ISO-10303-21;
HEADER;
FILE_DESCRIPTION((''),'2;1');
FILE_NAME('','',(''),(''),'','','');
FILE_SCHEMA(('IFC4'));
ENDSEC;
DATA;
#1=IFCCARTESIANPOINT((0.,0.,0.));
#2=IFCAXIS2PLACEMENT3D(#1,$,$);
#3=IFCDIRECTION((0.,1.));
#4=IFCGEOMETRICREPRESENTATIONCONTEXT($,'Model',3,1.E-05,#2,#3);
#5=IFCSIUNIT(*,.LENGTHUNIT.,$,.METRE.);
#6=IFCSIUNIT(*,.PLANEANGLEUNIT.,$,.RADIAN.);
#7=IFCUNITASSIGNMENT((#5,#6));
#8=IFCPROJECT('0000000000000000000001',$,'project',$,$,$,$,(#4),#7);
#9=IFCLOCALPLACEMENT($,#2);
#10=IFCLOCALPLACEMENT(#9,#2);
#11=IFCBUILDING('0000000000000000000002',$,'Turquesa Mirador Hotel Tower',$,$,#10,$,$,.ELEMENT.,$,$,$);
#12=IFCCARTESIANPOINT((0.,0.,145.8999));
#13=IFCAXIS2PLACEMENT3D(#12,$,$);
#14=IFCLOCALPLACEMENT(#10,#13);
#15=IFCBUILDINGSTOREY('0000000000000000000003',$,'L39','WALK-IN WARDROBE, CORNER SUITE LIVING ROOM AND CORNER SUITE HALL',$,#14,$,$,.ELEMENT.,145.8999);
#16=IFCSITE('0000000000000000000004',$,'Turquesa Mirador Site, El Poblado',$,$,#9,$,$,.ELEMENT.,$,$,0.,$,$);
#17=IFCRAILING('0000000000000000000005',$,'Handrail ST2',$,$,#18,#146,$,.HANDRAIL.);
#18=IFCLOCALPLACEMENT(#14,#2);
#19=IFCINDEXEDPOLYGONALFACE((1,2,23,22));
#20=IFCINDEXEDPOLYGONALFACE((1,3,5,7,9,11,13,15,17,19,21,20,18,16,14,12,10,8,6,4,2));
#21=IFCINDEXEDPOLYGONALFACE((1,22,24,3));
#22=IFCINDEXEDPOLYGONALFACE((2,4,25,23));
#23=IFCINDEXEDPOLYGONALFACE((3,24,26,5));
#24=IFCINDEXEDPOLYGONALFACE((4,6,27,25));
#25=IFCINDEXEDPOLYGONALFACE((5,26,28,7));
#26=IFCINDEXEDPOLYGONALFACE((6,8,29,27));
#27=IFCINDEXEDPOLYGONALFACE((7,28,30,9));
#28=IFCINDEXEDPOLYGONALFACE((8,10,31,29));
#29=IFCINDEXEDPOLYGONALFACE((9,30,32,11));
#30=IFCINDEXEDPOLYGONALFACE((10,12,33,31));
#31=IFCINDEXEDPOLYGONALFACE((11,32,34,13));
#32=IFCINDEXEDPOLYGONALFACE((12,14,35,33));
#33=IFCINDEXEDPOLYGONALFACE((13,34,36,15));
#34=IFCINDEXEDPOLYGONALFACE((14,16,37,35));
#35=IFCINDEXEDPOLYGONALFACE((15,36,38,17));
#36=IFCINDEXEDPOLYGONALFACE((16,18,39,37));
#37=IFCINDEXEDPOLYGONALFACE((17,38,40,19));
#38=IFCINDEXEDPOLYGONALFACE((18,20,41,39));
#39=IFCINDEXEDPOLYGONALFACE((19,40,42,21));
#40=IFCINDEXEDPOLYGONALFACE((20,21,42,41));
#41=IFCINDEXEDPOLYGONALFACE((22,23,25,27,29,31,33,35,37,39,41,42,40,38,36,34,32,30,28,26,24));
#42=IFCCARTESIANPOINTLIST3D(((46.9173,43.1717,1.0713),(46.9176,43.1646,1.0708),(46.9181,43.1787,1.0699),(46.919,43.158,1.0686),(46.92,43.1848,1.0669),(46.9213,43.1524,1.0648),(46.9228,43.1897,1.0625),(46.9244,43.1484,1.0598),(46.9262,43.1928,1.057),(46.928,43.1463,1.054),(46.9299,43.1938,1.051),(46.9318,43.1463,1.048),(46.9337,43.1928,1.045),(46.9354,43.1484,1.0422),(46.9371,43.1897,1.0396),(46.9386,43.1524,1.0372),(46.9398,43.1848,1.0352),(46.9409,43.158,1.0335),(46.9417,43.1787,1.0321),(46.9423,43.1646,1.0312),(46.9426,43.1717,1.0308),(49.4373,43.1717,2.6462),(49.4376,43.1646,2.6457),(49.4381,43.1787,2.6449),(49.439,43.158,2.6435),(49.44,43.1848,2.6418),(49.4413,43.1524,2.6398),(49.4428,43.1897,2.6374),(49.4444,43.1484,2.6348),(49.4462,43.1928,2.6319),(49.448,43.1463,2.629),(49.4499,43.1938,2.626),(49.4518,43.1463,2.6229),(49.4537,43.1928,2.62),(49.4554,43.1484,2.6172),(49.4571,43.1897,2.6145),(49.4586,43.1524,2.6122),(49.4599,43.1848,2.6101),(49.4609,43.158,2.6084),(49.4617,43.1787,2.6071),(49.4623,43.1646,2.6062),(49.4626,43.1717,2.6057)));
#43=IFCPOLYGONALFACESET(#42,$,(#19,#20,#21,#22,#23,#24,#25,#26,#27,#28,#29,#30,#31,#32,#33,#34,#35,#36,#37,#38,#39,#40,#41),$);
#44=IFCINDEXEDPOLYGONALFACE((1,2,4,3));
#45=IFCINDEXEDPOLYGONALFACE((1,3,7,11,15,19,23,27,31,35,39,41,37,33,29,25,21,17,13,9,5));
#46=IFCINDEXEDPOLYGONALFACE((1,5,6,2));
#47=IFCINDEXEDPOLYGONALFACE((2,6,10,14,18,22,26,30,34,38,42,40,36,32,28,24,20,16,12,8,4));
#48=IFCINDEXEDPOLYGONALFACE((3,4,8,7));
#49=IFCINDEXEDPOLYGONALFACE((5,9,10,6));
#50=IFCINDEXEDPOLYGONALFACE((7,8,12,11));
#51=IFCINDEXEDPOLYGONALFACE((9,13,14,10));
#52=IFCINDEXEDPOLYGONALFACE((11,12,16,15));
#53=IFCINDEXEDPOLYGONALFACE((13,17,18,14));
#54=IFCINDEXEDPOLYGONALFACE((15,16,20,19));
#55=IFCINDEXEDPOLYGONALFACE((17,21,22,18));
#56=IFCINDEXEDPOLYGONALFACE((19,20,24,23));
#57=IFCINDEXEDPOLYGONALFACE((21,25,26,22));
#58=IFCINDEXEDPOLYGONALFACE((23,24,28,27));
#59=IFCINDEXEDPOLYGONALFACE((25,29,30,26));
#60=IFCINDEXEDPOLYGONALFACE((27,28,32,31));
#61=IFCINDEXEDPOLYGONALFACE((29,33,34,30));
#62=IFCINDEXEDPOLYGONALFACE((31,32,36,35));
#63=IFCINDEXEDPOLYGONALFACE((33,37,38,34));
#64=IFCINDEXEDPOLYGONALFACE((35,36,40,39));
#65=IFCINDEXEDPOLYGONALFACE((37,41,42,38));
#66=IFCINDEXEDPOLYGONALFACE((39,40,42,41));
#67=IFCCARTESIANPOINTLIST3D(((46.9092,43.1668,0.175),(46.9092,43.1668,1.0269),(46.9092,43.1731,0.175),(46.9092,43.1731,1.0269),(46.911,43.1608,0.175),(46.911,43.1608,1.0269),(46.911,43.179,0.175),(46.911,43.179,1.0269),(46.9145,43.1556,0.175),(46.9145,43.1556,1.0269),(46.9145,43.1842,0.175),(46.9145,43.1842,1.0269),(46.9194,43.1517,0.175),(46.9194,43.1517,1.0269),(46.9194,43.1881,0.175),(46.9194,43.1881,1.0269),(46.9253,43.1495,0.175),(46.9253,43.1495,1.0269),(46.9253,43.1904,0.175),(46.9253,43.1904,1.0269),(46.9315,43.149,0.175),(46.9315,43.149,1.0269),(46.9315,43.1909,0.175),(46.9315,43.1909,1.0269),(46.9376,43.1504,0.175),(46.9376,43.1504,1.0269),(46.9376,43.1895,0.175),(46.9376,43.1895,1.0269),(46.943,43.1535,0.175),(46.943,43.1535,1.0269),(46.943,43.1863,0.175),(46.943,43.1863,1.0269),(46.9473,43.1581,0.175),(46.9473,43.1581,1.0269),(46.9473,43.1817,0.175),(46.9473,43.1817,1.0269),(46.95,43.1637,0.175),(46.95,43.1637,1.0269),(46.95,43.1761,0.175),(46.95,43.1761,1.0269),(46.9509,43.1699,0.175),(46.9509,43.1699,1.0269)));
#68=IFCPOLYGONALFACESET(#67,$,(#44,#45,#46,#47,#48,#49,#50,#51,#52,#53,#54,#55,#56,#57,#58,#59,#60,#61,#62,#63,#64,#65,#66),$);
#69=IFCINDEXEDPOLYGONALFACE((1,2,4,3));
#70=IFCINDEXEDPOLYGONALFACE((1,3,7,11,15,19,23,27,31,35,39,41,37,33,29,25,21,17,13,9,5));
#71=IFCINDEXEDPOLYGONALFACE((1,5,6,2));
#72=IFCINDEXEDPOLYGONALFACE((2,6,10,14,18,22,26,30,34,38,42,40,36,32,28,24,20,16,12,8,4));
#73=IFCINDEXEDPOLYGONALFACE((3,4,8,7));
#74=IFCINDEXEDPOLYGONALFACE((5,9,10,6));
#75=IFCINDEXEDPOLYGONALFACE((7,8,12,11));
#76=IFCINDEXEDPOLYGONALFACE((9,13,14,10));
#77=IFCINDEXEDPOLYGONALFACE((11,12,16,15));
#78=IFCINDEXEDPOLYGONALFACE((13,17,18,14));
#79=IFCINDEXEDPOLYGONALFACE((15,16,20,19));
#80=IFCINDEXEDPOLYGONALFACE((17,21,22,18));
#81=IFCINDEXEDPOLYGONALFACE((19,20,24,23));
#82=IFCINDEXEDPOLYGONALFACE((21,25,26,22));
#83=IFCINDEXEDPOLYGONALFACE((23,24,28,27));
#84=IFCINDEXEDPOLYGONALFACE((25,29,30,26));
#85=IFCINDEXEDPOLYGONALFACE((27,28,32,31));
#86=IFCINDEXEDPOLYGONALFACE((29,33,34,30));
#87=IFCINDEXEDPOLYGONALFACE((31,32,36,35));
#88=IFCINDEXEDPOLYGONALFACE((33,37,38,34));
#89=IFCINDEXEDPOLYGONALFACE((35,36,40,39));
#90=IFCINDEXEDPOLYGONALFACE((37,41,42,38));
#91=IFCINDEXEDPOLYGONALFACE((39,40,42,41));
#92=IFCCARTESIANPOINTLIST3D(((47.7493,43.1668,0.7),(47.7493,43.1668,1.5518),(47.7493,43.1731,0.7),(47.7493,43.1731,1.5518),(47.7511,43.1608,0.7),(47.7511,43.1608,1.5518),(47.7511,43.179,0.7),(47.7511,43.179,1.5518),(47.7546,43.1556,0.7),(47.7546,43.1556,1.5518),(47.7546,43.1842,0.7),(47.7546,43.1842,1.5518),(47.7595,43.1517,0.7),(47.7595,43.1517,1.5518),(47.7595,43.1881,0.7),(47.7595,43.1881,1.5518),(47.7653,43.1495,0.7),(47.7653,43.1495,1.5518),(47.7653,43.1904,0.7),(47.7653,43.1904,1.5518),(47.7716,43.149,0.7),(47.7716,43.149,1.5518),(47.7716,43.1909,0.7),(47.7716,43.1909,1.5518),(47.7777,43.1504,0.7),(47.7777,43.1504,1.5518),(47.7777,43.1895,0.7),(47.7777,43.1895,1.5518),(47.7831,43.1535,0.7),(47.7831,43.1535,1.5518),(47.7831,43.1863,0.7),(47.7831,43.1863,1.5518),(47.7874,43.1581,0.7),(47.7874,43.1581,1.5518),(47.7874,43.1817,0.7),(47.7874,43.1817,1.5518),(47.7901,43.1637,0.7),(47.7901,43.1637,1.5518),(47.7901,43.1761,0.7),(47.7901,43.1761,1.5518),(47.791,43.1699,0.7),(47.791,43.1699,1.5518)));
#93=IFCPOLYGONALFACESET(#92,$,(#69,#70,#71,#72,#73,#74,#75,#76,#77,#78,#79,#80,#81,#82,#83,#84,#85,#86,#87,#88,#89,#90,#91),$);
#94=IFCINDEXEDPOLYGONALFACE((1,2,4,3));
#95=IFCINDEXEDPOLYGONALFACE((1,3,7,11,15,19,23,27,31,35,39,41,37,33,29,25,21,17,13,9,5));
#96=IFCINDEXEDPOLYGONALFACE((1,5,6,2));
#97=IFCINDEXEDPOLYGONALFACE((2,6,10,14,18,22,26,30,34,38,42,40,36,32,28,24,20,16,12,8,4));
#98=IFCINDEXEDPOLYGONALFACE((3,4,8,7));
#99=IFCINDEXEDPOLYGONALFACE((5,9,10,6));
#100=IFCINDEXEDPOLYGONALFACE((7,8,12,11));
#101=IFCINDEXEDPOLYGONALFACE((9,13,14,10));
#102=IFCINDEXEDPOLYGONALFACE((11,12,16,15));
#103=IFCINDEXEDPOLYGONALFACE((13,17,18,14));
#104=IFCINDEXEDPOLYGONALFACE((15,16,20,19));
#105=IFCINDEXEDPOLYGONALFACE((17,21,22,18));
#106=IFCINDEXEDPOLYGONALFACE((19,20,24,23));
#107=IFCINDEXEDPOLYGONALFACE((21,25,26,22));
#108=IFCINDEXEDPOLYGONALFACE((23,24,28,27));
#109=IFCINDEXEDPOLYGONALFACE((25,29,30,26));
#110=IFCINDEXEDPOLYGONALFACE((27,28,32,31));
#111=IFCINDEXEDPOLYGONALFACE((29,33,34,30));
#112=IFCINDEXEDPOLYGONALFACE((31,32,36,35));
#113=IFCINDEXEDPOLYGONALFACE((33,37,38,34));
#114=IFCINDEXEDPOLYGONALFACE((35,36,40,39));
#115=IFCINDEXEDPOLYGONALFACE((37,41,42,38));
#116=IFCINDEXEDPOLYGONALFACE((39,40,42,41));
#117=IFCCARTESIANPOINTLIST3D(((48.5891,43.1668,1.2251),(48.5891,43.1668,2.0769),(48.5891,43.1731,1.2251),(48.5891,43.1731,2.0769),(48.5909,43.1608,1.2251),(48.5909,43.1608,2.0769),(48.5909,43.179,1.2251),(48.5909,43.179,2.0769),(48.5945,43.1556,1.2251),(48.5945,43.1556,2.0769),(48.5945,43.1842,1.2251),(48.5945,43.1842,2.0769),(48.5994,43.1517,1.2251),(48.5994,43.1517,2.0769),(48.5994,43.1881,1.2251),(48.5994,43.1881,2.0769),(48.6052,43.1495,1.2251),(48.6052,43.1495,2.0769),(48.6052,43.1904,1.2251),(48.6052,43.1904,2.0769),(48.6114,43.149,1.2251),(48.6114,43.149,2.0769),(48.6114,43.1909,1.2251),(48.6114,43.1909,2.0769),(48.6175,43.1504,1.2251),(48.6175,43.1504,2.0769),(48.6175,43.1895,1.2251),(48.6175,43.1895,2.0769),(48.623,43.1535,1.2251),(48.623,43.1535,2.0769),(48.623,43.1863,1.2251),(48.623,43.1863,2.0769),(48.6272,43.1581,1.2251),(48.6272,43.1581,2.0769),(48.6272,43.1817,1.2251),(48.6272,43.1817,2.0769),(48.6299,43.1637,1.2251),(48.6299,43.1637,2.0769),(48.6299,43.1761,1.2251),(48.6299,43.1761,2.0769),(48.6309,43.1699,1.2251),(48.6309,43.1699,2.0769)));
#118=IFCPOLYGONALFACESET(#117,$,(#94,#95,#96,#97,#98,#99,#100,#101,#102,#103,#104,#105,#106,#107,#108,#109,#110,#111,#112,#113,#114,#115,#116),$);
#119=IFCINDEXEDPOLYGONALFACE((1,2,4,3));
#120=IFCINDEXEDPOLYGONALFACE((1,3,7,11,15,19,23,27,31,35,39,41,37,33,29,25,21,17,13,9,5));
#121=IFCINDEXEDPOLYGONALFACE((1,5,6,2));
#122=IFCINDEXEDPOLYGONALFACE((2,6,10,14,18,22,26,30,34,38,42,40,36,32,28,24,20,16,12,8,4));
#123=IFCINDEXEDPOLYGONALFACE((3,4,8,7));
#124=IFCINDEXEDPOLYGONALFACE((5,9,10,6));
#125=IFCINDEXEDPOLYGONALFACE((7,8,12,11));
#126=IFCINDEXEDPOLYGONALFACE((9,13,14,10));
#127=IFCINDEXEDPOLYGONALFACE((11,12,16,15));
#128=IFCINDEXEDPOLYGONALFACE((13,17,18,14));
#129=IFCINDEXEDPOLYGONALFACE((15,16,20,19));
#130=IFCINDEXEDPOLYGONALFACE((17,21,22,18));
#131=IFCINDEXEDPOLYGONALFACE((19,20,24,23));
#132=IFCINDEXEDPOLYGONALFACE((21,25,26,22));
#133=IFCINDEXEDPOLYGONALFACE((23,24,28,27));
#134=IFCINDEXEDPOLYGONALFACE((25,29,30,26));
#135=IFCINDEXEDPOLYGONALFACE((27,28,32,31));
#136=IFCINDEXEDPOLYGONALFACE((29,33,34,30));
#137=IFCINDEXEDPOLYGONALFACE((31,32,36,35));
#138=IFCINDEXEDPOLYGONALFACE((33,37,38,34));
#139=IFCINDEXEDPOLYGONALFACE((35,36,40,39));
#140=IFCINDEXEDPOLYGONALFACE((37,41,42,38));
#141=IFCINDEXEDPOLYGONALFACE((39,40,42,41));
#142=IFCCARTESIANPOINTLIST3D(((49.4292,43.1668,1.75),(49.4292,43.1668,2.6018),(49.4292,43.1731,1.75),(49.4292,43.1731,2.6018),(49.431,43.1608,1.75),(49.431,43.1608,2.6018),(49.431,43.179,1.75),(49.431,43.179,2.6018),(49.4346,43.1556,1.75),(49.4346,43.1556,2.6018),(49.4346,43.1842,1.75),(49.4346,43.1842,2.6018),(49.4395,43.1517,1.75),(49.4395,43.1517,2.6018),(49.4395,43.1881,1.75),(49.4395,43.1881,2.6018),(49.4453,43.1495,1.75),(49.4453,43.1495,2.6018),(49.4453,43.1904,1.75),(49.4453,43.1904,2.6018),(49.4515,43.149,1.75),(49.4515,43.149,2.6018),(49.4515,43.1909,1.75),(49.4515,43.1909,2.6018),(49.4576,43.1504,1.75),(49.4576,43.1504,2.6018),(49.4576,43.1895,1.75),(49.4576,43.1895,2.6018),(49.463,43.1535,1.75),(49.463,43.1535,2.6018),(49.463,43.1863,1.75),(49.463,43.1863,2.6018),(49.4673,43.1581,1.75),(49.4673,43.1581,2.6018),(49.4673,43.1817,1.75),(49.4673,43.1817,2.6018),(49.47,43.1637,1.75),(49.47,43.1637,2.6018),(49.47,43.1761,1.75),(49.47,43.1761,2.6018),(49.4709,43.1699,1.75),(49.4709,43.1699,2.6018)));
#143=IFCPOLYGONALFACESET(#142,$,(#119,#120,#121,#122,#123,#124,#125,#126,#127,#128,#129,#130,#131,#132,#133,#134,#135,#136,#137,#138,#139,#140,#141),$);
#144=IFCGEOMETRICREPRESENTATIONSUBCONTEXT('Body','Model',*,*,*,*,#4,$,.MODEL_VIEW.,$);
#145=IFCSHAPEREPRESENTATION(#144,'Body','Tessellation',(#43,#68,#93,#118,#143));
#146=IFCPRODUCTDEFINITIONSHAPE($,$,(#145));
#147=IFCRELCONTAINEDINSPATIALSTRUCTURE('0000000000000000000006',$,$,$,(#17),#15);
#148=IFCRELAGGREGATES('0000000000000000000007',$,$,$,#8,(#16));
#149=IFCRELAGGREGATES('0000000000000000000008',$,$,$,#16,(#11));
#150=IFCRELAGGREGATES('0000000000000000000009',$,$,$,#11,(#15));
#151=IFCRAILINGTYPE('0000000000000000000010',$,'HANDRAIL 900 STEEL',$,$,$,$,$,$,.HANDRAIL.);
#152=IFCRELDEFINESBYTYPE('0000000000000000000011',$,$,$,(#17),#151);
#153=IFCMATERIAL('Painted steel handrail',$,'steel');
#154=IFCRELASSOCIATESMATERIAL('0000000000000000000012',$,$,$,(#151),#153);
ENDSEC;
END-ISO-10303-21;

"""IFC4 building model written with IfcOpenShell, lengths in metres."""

from ifc_helpers import new_model, si_unit, direction, frame, origin, origin_2d, place, context, subcontext, project, spatial, circle, extrude, material, type_object, element, save


model = new_model("IFC4")

# Units and contexts
model_context = context("Model", 3, precision=1e-05, world=origin(), true_north=direction((0.0, 1.0)))
body_context = subcontext(model_context, "Body", "Model", "MODEL_VIEW")
ifc_project = project(units=[si_unit("LENGTHUNIT", "METRE"), si_unit("PLANEANGLEUNIT", "RADIAN")], contexts=[model_context])

# Site, building, storey
site_placement = place(None, origin())
site = spatial("IfcSite", under=ifc_project, at=site_placement, Name="Turquesa Mirador Site, El Poblado", CompositionType="ELEMENT", RefElevation=0.0)
building_placement = place(site_placement, origin())
building = spatial("IfcBuilding", under=site, at=building_placement, Name="Turquesa Mirador Hotel Tower", CompositionType="ELEMENT")
storey_placement = place(building_placement, frame((0.0, 0.0, 145.8999)))
storey = spatial("IfcBuildingStorey", under=building, at=storey_placement, Name="L39", Description="WALK-IN WARDROBE, CORNER SUITE LIVING ROOM AND CORNER SUITE HALL", CompositionType="ELEMENT", Elevation=145.8999)

# Railing
ifc_material_1 = material(Name="Painted steel handrail", Category="steel")
railing_type = type_object("IfcRailingType", Name="HANDRAIL 900 STEEL", PredefinedType="HANDRAIL", material=ifc_material_1)
for number, where, name in (
    (1, (46.9299, 43.1699, 0.175), "Handrail ST2"),
):
    element("IfcRailing", number, at=place(storey_placement, frame(where)), inside=storey, type_object=railing_type, Name=name, PredefinedType="HANDRAIL", context=body_context, shape_type="SweptSolid", body=[
        extrude(circle(Radius=0.0239, at=origin_2d()), frame((0.0, 0.0, 0.876), z_axis=(0.848008, 0.0, 0.529984), x_axis=(0.0, 1.0, 0.0)), (0.0, 0.0, 1.0), 2.9717),
        extrude(circle(Radius=0.021, at=origin_2d()), origin(), (0.0, 0.0, 1.0), 0.8518),
        extrude(circle(Radius=0.021, at=origin_2d()), frame((0.8401, 0.0, 0.5249)), (0.0, 0.0, 1.0), 0.8518),
        extrude(circle(Radius=0.021, at=origin_2d()), frame((1.6799, 0.0, 1.05)), (0.0, 0.0, 1.0), 0.8518),
        extrude(circle(Radius=0.021, at=origin_2d()), frame((2.52, 0.0, 1.575)), (0.0, 0.0, 1.0), 0.8518),
    ])

save(model, "model.ifc")
